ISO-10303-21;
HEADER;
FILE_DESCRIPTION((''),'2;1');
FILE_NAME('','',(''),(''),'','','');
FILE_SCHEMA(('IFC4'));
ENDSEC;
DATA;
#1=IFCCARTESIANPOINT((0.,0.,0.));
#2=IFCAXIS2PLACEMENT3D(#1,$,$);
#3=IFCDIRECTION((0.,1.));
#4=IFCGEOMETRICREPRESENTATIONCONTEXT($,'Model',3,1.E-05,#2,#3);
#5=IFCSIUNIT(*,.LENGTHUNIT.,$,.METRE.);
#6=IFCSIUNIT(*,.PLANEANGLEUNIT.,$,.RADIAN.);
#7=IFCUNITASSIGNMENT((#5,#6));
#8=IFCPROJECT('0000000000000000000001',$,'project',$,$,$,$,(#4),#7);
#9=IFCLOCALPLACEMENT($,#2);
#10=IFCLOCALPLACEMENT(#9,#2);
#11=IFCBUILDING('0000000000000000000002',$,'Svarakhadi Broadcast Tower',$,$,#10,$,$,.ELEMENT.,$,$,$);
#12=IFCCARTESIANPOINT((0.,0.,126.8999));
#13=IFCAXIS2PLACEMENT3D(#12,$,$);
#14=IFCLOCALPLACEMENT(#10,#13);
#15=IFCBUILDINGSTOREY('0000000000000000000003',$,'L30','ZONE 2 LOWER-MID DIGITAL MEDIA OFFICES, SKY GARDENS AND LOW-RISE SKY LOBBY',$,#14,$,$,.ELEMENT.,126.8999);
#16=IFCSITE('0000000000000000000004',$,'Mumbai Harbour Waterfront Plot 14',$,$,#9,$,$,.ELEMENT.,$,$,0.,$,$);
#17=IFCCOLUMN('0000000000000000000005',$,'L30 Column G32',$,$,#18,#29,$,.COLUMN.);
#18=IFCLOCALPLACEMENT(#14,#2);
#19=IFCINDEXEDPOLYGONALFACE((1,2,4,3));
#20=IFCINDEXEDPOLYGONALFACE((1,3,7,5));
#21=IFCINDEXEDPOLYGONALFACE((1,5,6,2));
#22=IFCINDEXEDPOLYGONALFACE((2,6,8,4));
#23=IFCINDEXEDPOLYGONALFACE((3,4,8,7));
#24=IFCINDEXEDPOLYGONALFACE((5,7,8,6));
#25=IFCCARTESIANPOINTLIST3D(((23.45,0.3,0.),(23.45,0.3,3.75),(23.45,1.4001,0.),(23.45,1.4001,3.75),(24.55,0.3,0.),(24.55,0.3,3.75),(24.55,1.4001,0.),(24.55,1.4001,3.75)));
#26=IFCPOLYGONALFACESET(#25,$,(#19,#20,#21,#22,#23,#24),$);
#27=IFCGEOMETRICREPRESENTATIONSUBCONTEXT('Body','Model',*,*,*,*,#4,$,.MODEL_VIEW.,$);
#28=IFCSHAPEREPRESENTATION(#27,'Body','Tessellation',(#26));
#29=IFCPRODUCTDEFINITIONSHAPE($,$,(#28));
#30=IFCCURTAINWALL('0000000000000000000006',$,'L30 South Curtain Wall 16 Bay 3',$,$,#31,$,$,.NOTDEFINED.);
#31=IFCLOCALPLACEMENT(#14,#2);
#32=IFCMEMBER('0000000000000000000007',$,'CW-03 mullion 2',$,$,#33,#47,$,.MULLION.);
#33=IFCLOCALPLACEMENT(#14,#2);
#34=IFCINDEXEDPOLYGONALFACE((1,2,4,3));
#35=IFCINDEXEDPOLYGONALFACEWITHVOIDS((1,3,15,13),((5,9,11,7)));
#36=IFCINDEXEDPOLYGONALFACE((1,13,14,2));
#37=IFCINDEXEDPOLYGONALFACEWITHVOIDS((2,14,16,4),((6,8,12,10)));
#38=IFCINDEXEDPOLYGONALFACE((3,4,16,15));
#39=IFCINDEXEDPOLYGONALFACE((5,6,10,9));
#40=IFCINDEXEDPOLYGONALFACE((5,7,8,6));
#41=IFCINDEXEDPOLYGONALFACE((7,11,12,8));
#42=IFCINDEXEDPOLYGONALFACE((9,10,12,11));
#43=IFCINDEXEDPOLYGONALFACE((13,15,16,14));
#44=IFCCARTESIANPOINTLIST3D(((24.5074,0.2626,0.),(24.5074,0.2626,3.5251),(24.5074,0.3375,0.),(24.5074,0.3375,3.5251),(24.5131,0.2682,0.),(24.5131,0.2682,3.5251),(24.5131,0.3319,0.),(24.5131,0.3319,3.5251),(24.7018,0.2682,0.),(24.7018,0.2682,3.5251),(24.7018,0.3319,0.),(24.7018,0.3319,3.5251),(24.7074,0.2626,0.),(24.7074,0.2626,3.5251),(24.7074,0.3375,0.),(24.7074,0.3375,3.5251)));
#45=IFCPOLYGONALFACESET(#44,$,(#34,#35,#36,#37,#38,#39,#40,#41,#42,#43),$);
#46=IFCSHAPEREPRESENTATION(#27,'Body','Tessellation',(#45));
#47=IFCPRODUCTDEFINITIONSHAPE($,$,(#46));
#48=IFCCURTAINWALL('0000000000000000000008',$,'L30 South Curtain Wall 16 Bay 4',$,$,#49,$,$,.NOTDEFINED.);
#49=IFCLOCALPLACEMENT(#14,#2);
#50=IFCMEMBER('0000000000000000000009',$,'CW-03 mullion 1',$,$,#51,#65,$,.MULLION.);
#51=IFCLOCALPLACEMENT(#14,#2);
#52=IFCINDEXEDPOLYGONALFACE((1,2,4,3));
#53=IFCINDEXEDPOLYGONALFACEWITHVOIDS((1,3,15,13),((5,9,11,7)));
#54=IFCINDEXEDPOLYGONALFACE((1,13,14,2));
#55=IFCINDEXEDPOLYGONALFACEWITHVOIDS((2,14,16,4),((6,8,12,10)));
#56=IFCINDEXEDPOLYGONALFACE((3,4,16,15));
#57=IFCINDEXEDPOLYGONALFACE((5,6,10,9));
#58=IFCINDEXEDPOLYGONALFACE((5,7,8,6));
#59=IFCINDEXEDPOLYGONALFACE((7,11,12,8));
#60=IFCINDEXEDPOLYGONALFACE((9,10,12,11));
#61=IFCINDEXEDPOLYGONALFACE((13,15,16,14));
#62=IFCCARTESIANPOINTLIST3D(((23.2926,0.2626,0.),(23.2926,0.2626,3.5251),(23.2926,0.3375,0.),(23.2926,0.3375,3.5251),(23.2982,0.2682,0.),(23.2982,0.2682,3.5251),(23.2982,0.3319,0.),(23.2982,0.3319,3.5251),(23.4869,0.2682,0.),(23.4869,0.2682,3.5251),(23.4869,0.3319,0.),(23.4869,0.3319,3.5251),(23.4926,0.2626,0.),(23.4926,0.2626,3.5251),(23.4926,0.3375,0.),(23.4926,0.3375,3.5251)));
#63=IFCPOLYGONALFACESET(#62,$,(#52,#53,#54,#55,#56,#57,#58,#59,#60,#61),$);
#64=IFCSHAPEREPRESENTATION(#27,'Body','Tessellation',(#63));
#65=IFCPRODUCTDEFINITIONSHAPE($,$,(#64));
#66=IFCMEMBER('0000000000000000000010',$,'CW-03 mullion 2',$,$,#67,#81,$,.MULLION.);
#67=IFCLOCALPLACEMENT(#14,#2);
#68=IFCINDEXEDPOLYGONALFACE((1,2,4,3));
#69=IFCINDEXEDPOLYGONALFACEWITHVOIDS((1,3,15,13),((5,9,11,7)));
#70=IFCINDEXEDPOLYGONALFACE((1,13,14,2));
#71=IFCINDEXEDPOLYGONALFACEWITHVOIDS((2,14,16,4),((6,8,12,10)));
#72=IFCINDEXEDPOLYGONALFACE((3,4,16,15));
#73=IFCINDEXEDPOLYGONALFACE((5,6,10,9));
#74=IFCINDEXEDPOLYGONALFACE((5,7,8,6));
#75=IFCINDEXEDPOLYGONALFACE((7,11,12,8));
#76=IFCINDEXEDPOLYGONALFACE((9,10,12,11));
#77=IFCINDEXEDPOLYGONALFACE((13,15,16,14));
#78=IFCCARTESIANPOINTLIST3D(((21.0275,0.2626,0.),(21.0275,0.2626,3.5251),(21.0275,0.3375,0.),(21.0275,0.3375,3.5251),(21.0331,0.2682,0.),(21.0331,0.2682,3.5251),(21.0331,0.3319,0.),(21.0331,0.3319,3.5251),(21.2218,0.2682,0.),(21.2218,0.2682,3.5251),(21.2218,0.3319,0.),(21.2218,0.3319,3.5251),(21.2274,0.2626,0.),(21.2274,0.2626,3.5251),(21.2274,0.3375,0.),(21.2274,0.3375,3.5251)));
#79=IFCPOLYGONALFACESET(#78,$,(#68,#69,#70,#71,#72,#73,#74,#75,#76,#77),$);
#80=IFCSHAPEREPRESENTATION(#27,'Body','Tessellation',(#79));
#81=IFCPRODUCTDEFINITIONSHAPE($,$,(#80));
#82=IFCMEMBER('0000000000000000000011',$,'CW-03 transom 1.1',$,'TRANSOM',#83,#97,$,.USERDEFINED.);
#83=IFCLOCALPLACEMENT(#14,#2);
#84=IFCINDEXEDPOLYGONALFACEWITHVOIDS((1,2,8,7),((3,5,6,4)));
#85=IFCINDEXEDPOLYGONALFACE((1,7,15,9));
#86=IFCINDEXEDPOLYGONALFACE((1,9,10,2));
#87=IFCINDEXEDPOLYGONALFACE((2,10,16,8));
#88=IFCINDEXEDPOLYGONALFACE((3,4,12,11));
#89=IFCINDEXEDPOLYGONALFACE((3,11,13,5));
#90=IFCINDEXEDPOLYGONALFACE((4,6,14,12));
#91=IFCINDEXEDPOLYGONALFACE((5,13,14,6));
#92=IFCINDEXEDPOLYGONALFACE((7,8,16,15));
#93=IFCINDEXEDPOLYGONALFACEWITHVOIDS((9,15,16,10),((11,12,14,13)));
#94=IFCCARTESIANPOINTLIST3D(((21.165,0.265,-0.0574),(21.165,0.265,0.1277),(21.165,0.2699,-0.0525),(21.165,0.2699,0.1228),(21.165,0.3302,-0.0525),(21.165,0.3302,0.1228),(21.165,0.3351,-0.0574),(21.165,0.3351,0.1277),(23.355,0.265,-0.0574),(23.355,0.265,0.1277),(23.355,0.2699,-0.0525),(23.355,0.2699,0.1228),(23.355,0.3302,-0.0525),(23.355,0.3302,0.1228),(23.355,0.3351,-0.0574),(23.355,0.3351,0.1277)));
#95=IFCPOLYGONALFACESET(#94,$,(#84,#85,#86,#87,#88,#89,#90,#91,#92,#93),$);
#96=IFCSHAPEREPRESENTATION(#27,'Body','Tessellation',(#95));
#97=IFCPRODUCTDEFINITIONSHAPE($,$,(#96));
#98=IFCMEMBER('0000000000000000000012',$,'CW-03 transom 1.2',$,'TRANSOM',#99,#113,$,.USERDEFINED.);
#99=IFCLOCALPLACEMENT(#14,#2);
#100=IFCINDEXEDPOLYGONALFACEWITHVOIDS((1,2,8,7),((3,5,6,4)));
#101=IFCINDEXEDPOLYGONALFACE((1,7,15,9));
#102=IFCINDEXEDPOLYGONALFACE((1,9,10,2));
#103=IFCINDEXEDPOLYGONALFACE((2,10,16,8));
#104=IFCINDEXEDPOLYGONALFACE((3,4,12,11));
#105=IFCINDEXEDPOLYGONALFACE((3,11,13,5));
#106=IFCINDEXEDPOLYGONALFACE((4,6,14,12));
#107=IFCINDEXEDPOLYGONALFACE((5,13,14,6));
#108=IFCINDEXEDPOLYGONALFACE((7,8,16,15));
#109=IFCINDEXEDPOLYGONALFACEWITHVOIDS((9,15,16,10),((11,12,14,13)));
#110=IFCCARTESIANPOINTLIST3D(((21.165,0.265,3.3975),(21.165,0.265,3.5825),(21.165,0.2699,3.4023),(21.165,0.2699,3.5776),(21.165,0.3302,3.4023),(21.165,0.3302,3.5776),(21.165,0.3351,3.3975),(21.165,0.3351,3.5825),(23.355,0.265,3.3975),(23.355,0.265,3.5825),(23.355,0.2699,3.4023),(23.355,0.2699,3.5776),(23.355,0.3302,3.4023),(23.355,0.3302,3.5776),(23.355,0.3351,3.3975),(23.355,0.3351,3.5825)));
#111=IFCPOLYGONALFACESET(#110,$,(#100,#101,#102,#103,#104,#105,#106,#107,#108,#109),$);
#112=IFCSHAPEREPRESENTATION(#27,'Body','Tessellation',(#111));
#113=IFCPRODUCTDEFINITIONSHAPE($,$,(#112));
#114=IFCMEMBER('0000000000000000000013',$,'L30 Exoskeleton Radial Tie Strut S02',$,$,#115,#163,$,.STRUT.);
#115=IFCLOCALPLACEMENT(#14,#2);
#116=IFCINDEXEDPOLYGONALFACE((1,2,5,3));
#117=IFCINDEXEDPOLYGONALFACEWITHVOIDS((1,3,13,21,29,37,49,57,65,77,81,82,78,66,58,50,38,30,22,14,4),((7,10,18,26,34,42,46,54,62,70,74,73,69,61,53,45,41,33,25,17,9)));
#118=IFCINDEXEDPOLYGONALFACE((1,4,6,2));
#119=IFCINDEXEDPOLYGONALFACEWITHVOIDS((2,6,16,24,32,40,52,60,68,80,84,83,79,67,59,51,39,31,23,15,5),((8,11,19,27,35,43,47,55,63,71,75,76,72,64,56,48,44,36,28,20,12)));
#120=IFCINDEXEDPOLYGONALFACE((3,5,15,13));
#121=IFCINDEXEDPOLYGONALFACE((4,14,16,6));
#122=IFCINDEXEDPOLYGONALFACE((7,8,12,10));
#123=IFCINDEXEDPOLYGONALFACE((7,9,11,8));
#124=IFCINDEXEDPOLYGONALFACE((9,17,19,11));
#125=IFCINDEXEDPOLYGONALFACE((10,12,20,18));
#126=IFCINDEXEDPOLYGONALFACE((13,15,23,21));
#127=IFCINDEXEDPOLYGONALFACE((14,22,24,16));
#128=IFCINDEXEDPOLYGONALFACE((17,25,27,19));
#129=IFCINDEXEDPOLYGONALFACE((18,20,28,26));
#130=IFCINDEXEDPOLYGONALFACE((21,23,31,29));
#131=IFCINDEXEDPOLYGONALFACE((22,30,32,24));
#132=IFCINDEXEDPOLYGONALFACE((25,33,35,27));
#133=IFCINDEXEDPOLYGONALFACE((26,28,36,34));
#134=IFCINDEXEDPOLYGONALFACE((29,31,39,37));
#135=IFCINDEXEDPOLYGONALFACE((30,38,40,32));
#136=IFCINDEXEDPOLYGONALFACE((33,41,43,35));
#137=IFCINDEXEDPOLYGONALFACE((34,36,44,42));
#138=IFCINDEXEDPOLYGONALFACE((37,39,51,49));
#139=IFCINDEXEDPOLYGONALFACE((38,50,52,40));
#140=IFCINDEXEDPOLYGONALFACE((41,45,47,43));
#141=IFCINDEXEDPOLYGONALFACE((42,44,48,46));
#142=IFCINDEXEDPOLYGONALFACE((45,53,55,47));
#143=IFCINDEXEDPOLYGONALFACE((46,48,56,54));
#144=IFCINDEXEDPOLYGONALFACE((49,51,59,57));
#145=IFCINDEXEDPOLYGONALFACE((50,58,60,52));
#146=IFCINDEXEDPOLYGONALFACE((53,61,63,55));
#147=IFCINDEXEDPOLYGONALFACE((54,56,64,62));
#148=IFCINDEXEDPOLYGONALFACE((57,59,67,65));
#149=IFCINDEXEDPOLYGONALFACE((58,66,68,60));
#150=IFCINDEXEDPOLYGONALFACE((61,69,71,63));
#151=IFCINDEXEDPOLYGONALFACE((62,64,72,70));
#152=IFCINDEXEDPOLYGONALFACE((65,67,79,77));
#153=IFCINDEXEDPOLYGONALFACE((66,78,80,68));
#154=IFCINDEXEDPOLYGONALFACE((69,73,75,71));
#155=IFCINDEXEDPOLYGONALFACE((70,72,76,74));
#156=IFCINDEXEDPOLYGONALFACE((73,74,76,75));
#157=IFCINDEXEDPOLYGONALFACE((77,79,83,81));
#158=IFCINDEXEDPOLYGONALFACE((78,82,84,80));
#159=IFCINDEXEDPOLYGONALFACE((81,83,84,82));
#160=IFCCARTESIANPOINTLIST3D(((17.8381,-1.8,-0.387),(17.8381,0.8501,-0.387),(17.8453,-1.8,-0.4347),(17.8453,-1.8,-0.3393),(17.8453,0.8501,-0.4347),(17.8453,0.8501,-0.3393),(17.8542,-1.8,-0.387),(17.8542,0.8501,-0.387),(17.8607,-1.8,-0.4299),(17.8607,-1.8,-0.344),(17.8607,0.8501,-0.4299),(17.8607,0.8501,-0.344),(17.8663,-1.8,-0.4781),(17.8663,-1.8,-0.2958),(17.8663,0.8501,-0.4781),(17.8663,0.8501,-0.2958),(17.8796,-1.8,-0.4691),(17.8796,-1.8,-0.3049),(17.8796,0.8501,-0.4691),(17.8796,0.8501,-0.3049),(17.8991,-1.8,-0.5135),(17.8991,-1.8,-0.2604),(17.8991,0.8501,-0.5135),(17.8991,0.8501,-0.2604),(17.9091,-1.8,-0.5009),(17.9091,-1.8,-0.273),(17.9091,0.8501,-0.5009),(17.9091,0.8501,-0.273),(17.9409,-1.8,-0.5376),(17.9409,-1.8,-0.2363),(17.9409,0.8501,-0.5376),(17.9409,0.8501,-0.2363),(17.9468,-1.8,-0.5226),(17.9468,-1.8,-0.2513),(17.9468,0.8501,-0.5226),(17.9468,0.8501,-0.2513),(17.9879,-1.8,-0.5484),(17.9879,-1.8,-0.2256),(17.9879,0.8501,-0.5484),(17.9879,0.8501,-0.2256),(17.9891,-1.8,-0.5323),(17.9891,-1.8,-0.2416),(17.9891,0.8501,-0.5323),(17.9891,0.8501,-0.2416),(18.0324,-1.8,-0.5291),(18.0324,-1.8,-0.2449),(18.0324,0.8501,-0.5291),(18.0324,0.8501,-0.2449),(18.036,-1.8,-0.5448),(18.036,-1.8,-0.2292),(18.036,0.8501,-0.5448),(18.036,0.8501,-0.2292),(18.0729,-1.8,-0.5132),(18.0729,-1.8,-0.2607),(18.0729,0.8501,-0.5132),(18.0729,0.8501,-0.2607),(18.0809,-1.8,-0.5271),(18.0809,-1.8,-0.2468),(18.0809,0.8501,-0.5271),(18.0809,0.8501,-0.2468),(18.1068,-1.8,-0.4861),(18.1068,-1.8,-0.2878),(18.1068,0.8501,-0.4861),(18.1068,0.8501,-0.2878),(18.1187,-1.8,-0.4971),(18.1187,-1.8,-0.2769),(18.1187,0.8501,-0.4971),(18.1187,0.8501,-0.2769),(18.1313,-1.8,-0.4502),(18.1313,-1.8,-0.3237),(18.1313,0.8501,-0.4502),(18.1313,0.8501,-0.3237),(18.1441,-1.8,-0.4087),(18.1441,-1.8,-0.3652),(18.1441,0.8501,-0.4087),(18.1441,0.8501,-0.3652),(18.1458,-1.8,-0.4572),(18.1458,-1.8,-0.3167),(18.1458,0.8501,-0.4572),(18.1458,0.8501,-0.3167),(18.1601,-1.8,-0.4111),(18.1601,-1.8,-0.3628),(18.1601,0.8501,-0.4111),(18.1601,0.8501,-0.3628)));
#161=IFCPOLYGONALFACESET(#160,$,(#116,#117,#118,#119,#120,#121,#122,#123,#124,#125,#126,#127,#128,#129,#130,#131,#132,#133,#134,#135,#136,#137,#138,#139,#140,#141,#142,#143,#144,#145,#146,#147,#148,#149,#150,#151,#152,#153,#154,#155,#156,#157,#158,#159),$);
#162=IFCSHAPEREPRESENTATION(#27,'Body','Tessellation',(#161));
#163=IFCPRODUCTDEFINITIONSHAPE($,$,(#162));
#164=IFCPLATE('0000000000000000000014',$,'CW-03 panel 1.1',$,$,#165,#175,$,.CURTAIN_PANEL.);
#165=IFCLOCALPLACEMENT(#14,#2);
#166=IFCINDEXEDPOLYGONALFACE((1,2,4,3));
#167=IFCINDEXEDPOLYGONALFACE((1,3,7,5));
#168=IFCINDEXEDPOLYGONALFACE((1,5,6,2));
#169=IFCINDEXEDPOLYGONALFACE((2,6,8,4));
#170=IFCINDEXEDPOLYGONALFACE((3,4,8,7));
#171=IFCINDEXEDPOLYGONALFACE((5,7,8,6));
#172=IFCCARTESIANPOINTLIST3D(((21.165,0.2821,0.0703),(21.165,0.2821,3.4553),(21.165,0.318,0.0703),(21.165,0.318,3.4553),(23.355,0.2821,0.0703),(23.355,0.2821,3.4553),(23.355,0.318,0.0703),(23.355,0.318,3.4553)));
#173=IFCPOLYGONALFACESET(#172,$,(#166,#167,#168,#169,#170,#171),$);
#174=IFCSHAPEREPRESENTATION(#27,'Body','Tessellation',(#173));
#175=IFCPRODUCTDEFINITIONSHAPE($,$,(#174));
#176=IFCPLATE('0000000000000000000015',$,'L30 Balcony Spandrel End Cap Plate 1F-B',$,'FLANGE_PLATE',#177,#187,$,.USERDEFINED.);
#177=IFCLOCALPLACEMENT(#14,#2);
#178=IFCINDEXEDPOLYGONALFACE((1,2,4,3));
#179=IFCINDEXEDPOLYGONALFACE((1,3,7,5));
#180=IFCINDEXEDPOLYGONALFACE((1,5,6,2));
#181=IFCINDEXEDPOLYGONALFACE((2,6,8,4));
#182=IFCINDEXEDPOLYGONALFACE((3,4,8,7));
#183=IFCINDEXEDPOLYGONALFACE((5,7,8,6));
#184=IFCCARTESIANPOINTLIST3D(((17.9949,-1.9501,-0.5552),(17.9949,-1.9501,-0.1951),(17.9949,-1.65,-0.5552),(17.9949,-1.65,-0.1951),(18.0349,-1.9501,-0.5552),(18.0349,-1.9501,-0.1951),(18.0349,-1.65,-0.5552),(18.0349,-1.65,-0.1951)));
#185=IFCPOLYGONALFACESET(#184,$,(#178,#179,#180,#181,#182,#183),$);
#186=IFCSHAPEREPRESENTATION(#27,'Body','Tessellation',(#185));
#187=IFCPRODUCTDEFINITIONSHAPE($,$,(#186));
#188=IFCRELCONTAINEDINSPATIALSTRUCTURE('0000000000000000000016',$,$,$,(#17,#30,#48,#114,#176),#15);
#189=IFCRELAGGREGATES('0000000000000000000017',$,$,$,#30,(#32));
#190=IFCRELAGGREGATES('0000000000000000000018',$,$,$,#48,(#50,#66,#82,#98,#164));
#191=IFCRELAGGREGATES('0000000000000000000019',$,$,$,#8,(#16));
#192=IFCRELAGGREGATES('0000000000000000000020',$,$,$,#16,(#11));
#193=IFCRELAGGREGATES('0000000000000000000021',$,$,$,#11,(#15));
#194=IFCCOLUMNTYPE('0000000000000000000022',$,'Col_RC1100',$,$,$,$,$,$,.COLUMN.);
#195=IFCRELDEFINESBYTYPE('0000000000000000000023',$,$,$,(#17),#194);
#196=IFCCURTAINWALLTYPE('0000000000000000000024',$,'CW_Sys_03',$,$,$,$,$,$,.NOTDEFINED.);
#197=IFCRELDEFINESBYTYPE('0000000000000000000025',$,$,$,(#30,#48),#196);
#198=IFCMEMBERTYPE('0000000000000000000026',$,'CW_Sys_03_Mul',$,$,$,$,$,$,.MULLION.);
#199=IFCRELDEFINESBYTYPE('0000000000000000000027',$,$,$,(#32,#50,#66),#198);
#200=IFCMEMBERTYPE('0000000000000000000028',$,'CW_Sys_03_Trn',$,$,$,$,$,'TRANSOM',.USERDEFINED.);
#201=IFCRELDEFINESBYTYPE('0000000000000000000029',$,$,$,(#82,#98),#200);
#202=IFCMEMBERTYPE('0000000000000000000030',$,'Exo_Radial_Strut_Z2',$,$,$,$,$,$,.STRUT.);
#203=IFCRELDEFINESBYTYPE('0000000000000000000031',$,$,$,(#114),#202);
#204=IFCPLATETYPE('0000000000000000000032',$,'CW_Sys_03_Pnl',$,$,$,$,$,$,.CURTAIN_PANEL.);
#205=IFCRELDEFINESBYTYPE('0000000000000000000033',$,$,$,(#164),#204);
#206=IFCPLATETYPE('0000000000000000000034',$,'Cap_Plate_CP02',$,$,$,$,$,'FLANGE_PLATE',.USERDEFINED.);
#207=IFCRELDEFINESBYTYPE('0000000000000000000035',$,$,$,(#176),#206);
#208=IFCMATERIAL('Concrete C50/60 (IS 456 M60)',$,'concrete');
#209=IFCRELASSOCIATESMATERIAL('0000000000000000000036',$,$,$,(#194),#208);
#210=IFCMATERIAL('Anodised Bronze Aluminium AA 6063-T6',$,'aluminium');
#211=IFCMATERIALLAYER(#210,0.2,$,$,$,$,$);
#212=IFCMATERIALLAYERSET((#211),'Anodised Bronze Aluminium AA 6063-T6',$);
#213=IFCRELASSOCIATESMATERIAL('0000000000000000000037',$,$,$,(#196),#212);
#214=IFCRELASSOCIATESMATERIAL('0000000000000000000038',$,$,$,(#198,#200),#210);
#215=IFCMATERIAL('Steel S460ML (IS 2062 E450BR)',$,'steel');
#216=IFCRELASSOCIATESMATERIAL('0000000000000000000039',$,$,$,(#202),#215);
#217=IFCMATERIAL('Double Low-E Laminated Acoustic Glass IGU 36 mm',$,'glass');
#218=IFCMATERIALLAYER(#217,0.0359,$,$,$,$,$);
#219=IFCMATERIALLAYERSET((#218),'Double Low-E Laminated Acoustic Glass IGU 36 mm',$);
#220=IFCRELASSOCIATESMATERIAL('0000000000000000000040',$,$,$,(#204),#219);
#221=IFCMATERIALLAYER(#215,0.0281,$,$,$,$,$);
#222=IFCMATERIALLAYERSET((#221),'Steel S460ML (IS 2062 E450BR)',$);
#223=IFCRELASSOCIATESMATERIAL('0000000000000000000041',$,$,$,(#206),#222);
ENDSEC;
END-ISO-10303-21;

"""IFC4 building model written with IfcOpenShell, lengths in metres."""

from ifc_helpers import new_model, si_unit, direction, frame, origin, origin_2d, place, context, subcontext, project, spatial, rectangle, hollow_rectangle, hollow_circle, extrude, material, layer, layer_set, material_profile, profile_set, type_object, element, aggregate, save


model = new_model("IFC4")

# Units and contexts
model_context = context("Model", 3, precision=1e-05, world=origin(), true_north=direction((0.0, 1.0)))
body_context = subcontext(model_context, "Body", "Model", "MODEL_VIEW")
ifc_project = project(units=[si_unit("LENGTHUNIT", "METRE"), si_unit("PLANEANGLEUNIT", "RADIAN")], contexts=[model_context])

# Site, building, storey
site_placement = place(None, origin())
site = spatial("IfcSite", under=ifc_project, at=site_placement, Name="Mumbai Harbour Waterfront Plot 14", CompositionType="ELEMENT", RefElevation=0.0)
building_placement = place(site_placement, origin())
building = spatial("IfcBuilding", under=site, at=building_placement, Name="Svarakhadi Broadcast Tower", CompositionType="ELEMENT")
storey_placement = place(building_placement, frame((0.0, 0.0, 126.8999)))
storey = spatial("IfcBuildingStorey", under=building, at=storey_placement, Name="L30", Description="ZONE 2 LOWER-MID DIGITAL MEDIA OFFICES, SKY GARDENS AND LOW-RISE SKY LOBBY", CompositionType="ELEMENT", Elevation=126.8999)

# Column
ifc_material_1 = material(Name="Concrete C50/60 (IS 456 M60)", Category="concrete")
ifc_material_profile_1 = material_profile(ifc_material_1, rectangle(XDim=1.1001, YDim=1.1001, at=origin_2d()), Name="RC 1100x1100")
ifc_profile_set_1 = profile_set([ifc_material_profile_1], Name="Concrete C50/60 (IS 456 M60)")
column_type = type_object("IfcColumnType", Name="Col_RC1100", PredefinedType="COLUMN", material=ifc_profile_set_1)
column_placement = place(storey_placement, frame((24.0, 0.8501, 0.0), z_axis=(0.0, 0.0, 1.0), x_axis=(1.0, 0.0, 0.0)))
element("IfcColumn", 1, at=column_placement, inside=storey, type_object=column_type, Name="L30 Column G32", PredefinedType="COLUMN", context=body_context, shape_type="SweptSolid", body=[
    extrude(rectangle(XDim=1.1001, YDim=1.1001, at=origin_2d()), origin(), (0.0, 0.0, 1.0), 3.75),
])

# Curtain wall, member
ifc_material_2 = material(Name="Anodised Bronze Aluminium AA 6063-T6", Category="aluminium")
ifc_layer_1 = layer(ifc_material_2, 0.2)
ifc_layer_set_1 = layer_set([ifc_layer_1], Name="Anodised Bronze Aluminium AA 6063-T6")
curtain_wall_type = type_object("IfcCurtainWallType", Name="CW_Sys_03", PredefinedType="NOTDEFINED", material=ifc_layer_set_1)
curtain_wall_1_placement = place(storey_placement, origin())
curtain_wall_1 = element("IfcCurtainWall", 2, at=curtain_wall_1_placement, inside=storey, type_object=curtain_wall_type, Name="L30 South Curtain Wall 16 Bay 3", PredefinedType="NOTDEFINED")
ifc_material_profile_2 = material_profile(ifc_material_2, hollow_rectangle(XDim=0.075, YDim=0.2, WallThickness=0.0056, at=origin_2d()), Name="ALU MULLION 200x75x6")
ifc_profile_set_2 = profile_set([ifc_material_profile_2], Name="Anodised Bronze Aluminium AA 6063-T6")
member_type_1 = type_object("IfcMemberType", Name="CW_Sys_03_Mul", PredefinedType="MULLION", material=ifc_profile_set_2)
member_1_placement = place(storey_placement, frame((24.6074, 0.3, 0.0), z_axis=(0.0, 0.0, 1.0), x_axis=(0.0, -1.0, 0.0)))
member_1 = element("IfcMember", 3, at=member_1_placement, type_object=member_type_1, Name="CW-03 mullion 2", PredefinedType="MULLION", context=body_context, shape_type="SweptSolid", body=[
    extrude(hollow_rectangle(XDim=0.075, YDim=0.2, WallThickness=0.0056, at=origin_2d()), origin(), (0.0, 0.0, 1.0), 3.5251),
])
aggregate(curtain_wall_1, [member_1])

# Curtain wall, members
curtain_wall_2_placement = place(storey_placement, origin())
curtain_wall_2 = element("IfcCurtainWall", 4, at=curtain_wall_2_placement, inside=storey, type_object=curtain_wall_type, Name="L30 South Curtain Wall 16 Bay 4", PredefinedType="NOTDEFINED")
member_2_placement = place(storey_placement, frame((23.3926, 0.3, 0.0), z_axis=(0.0, 0.0, 1.0), x_axis=(0.0, -1.0, 0.0)))
member_2 = element("IfcMember", 5, at=member_2_placement, type_object=member_type_1, Name="CW-03 mullion 1", PredefinedType="MULLION", context=body_context, shape_type="SweptSolid", body=[
    extrude(hollow_rectangle(XDim=0.075, YDim=0.2, WallThickness=0.0056, at=origin_2d()), origin(), (0.0, 0.0, 1.0), 3.5251),
])
member_3_placement = place(storey_placement, frame((21.1274, 0.3, 0.0), z_axis=(0.0, 0.0, 1.0), x_axis=(0.0, -1.0, 0.0)))
member_3 = element("IfcMember", 6, at=member_3_placement, type_object=member_type_1, Name="CW-03 mullion 2", PredefinedType="MULLION", context=body_context, shape_type="SweptSolid", body=[
    extrude(hollow_rectangle(XDim=0.075, YDim=0.2, WallThickness=0.0056, at=origin_2d()), origin(), (0.0, 0.0, 1.0), 3.5251),
])
ifc_material_profile_3 = material_profile(ifc_material_2, hollow_rectangle(XDim=0.0701, YDim=0.1851, WallThickness=0.0049, at=origin_2d()), Name="ALU TRANSOM 185x70x5")
ifc_profile_set_3 = profile_set([ifc_material_profile_3], Name="Anodised Bronze Aluminium AA 6063-T6")
member_type_2 = type_object("IfcMemberType", Name="CW_Sys_03_Trn", ElementType="TRANSOM", PredefinedType="USERDEFINED", material=ifc_profile_set_3)
member_4_placement = place(storey_placement, frame((23.355, 0.3, 0.0352), z_axis=(-1.0, 0.0, 0.0), x_axis=(0.0, -1.0, 0.0)))
member_4 = element("IfcMember", 7, at=member_4_placement, type_object=member_type_2, Name="CW-03 transom 1.1", ObjectType="TRANSOM", PredefinedType="USERDEFINED", context=body_context, shape_type="SweptSolid", body=[
    extrude(hollow_rectangle(XDim=0.0701, YDim=0.1851, WallThickness=0.0049, at=origin_2d()), origin(), (0.0, 0.0, 1.0), 2.1899),
])
member_5_placement = place(storey_placement, frame((23.355, 0.3, 3.49), z_axis=(-1.0, 0.0, 0.0), x_axis=(0.0, -1.0, 0.0)))
member_5 = element("IfcMember", 8, at=member_5_placement, type_object=member_type_2, Name="CW-03 transom 1.2", ObjectType="TRANSOM", PredefinedType="USERDEFINED", context=body_context, shape_type="SweptSolid", body=[
    extrude(hollow_rectangle(XDim=0.0701, YDim=0.1851, WallThickness=0.0049, at=origin_2d()), origin(), (0.0, 0.0, 1.0), 2.1899),
])

# Member
ifc_material_3 = material(Name="Steel S460ML (IS 2062 E450BR)", Category="steel")
ifc_material_profile_4 = material_profile(ifc_material_3, hollow_circle(Radius=0.1619, WallThickness=0.0161, at=origin_2d()), Name="CHS 323.9x16")
ifc_profile_set_4 = profile_set([ifc_material_profile_4], Name="Steel S460ML (IS 2062 E450BR)")
member_type_3 = type_object("IfcMemberType", Name="Exo_Radial_Strut_Z2", PredefinedType="STRUT", material=ifc_profile_set_4)
member_6_placement = place(storey_placement, frame((18.0, -1.8, -0.387), z_axis=(0.0, 1.0, 0.0), x_axis=(-1.0, 0.0, 0.0)))
element("IfcMember", 9, at=member_6_placement, inside=storey, type_object=member_type_3, Name="L30 Exoskeleton Radial Tie Strut S02", PredefinedType="STRUT", context=body_context, shape_type="SweptSolid", body=[
    extrude(hollow_circle(Radius=0.1619, WallThickness=0.0161, at=origin_2d()), origin(), (0.0, 0.0, 1.0), 2.6501),
])

# Plate
ifc_material_4 = material(Name="Double Low-E Laminated Acoustic Glass IGU 36 mm", Category="glass")
ifc_layer_2 = layer(ifc_material_4, 0.0359)
ifc_layer_set_2 = layer_set([ifc_layer_2], Name="Double Low-E Laminated Acoustic Glass IGU 36 mm")
plate_type_1 = type_object("IfcPlateType", Name="CW_Sys_03_Pnl", PredefinedType="CURTAIN_PANEL", material=ifc_layer_set_2)
plate_1_placement = place(storey_placement, frame((22.26, 0.3, 0.0703), z_axis=(0.0, 0.0, 1.0), x_axis=(-1.0, 0.0, 0.0)))
plate_1 = element("IfcPlate", 10, at=plate_1_placement, type_object=plate_type_1, Name="CW-03 panel 1.1", PredefinedType="CURTAIN_PANEL", context=body_context, shape_type="SweptSolid", body=[
    extrude(rectangle(XDim=2.1899, YDim=0.0359, at=origin_2d()), origin(), (0.0, 0.0, 1.0), 3.385),
])
aggregate(curtain_wall_2, [member_2, member_3, member_4, member_5, plate_1])

# Plate
ifc_layer_3 = layer(ifc_material_3, 0.0281)
ifc_layer_set_3 = layer_set([ifc_layer_3], Name="Steel S460ML (IS 2062 E450BR)")
plate_type_2 = type_object("IfcPlateType", Name="Cap_Plate_CP02", ElementType="FLANGE_PLATE", PredefinedType="USERDEFINED", material=ifc_layer_set_3)
plate_2_placement = place(storey_placement, frame((18.0149, -1.8, -0.5552), z_axis=(0.0, 0.0, 1.0), x_axis=(1.0, 0.0, 0.0)))
element("IfcPlate", 11, at=plate_2_placement, inside=storey, type_object=plate_type_2, Name="L30 Balcony Spandrel End Cap Plate 1F-B", ObjectType="FLANGE_PLATE", PredefinedType="USERDEFINED", context=body_context, shape_type="SweptSolid", body=[
    extrude(rectangle(XDim=0.04, YDim=0.3, at=origin_2d()), origin(), (0.0, 0.0, 1.0), 0.3601),
])

save(model, "model.ifc")
